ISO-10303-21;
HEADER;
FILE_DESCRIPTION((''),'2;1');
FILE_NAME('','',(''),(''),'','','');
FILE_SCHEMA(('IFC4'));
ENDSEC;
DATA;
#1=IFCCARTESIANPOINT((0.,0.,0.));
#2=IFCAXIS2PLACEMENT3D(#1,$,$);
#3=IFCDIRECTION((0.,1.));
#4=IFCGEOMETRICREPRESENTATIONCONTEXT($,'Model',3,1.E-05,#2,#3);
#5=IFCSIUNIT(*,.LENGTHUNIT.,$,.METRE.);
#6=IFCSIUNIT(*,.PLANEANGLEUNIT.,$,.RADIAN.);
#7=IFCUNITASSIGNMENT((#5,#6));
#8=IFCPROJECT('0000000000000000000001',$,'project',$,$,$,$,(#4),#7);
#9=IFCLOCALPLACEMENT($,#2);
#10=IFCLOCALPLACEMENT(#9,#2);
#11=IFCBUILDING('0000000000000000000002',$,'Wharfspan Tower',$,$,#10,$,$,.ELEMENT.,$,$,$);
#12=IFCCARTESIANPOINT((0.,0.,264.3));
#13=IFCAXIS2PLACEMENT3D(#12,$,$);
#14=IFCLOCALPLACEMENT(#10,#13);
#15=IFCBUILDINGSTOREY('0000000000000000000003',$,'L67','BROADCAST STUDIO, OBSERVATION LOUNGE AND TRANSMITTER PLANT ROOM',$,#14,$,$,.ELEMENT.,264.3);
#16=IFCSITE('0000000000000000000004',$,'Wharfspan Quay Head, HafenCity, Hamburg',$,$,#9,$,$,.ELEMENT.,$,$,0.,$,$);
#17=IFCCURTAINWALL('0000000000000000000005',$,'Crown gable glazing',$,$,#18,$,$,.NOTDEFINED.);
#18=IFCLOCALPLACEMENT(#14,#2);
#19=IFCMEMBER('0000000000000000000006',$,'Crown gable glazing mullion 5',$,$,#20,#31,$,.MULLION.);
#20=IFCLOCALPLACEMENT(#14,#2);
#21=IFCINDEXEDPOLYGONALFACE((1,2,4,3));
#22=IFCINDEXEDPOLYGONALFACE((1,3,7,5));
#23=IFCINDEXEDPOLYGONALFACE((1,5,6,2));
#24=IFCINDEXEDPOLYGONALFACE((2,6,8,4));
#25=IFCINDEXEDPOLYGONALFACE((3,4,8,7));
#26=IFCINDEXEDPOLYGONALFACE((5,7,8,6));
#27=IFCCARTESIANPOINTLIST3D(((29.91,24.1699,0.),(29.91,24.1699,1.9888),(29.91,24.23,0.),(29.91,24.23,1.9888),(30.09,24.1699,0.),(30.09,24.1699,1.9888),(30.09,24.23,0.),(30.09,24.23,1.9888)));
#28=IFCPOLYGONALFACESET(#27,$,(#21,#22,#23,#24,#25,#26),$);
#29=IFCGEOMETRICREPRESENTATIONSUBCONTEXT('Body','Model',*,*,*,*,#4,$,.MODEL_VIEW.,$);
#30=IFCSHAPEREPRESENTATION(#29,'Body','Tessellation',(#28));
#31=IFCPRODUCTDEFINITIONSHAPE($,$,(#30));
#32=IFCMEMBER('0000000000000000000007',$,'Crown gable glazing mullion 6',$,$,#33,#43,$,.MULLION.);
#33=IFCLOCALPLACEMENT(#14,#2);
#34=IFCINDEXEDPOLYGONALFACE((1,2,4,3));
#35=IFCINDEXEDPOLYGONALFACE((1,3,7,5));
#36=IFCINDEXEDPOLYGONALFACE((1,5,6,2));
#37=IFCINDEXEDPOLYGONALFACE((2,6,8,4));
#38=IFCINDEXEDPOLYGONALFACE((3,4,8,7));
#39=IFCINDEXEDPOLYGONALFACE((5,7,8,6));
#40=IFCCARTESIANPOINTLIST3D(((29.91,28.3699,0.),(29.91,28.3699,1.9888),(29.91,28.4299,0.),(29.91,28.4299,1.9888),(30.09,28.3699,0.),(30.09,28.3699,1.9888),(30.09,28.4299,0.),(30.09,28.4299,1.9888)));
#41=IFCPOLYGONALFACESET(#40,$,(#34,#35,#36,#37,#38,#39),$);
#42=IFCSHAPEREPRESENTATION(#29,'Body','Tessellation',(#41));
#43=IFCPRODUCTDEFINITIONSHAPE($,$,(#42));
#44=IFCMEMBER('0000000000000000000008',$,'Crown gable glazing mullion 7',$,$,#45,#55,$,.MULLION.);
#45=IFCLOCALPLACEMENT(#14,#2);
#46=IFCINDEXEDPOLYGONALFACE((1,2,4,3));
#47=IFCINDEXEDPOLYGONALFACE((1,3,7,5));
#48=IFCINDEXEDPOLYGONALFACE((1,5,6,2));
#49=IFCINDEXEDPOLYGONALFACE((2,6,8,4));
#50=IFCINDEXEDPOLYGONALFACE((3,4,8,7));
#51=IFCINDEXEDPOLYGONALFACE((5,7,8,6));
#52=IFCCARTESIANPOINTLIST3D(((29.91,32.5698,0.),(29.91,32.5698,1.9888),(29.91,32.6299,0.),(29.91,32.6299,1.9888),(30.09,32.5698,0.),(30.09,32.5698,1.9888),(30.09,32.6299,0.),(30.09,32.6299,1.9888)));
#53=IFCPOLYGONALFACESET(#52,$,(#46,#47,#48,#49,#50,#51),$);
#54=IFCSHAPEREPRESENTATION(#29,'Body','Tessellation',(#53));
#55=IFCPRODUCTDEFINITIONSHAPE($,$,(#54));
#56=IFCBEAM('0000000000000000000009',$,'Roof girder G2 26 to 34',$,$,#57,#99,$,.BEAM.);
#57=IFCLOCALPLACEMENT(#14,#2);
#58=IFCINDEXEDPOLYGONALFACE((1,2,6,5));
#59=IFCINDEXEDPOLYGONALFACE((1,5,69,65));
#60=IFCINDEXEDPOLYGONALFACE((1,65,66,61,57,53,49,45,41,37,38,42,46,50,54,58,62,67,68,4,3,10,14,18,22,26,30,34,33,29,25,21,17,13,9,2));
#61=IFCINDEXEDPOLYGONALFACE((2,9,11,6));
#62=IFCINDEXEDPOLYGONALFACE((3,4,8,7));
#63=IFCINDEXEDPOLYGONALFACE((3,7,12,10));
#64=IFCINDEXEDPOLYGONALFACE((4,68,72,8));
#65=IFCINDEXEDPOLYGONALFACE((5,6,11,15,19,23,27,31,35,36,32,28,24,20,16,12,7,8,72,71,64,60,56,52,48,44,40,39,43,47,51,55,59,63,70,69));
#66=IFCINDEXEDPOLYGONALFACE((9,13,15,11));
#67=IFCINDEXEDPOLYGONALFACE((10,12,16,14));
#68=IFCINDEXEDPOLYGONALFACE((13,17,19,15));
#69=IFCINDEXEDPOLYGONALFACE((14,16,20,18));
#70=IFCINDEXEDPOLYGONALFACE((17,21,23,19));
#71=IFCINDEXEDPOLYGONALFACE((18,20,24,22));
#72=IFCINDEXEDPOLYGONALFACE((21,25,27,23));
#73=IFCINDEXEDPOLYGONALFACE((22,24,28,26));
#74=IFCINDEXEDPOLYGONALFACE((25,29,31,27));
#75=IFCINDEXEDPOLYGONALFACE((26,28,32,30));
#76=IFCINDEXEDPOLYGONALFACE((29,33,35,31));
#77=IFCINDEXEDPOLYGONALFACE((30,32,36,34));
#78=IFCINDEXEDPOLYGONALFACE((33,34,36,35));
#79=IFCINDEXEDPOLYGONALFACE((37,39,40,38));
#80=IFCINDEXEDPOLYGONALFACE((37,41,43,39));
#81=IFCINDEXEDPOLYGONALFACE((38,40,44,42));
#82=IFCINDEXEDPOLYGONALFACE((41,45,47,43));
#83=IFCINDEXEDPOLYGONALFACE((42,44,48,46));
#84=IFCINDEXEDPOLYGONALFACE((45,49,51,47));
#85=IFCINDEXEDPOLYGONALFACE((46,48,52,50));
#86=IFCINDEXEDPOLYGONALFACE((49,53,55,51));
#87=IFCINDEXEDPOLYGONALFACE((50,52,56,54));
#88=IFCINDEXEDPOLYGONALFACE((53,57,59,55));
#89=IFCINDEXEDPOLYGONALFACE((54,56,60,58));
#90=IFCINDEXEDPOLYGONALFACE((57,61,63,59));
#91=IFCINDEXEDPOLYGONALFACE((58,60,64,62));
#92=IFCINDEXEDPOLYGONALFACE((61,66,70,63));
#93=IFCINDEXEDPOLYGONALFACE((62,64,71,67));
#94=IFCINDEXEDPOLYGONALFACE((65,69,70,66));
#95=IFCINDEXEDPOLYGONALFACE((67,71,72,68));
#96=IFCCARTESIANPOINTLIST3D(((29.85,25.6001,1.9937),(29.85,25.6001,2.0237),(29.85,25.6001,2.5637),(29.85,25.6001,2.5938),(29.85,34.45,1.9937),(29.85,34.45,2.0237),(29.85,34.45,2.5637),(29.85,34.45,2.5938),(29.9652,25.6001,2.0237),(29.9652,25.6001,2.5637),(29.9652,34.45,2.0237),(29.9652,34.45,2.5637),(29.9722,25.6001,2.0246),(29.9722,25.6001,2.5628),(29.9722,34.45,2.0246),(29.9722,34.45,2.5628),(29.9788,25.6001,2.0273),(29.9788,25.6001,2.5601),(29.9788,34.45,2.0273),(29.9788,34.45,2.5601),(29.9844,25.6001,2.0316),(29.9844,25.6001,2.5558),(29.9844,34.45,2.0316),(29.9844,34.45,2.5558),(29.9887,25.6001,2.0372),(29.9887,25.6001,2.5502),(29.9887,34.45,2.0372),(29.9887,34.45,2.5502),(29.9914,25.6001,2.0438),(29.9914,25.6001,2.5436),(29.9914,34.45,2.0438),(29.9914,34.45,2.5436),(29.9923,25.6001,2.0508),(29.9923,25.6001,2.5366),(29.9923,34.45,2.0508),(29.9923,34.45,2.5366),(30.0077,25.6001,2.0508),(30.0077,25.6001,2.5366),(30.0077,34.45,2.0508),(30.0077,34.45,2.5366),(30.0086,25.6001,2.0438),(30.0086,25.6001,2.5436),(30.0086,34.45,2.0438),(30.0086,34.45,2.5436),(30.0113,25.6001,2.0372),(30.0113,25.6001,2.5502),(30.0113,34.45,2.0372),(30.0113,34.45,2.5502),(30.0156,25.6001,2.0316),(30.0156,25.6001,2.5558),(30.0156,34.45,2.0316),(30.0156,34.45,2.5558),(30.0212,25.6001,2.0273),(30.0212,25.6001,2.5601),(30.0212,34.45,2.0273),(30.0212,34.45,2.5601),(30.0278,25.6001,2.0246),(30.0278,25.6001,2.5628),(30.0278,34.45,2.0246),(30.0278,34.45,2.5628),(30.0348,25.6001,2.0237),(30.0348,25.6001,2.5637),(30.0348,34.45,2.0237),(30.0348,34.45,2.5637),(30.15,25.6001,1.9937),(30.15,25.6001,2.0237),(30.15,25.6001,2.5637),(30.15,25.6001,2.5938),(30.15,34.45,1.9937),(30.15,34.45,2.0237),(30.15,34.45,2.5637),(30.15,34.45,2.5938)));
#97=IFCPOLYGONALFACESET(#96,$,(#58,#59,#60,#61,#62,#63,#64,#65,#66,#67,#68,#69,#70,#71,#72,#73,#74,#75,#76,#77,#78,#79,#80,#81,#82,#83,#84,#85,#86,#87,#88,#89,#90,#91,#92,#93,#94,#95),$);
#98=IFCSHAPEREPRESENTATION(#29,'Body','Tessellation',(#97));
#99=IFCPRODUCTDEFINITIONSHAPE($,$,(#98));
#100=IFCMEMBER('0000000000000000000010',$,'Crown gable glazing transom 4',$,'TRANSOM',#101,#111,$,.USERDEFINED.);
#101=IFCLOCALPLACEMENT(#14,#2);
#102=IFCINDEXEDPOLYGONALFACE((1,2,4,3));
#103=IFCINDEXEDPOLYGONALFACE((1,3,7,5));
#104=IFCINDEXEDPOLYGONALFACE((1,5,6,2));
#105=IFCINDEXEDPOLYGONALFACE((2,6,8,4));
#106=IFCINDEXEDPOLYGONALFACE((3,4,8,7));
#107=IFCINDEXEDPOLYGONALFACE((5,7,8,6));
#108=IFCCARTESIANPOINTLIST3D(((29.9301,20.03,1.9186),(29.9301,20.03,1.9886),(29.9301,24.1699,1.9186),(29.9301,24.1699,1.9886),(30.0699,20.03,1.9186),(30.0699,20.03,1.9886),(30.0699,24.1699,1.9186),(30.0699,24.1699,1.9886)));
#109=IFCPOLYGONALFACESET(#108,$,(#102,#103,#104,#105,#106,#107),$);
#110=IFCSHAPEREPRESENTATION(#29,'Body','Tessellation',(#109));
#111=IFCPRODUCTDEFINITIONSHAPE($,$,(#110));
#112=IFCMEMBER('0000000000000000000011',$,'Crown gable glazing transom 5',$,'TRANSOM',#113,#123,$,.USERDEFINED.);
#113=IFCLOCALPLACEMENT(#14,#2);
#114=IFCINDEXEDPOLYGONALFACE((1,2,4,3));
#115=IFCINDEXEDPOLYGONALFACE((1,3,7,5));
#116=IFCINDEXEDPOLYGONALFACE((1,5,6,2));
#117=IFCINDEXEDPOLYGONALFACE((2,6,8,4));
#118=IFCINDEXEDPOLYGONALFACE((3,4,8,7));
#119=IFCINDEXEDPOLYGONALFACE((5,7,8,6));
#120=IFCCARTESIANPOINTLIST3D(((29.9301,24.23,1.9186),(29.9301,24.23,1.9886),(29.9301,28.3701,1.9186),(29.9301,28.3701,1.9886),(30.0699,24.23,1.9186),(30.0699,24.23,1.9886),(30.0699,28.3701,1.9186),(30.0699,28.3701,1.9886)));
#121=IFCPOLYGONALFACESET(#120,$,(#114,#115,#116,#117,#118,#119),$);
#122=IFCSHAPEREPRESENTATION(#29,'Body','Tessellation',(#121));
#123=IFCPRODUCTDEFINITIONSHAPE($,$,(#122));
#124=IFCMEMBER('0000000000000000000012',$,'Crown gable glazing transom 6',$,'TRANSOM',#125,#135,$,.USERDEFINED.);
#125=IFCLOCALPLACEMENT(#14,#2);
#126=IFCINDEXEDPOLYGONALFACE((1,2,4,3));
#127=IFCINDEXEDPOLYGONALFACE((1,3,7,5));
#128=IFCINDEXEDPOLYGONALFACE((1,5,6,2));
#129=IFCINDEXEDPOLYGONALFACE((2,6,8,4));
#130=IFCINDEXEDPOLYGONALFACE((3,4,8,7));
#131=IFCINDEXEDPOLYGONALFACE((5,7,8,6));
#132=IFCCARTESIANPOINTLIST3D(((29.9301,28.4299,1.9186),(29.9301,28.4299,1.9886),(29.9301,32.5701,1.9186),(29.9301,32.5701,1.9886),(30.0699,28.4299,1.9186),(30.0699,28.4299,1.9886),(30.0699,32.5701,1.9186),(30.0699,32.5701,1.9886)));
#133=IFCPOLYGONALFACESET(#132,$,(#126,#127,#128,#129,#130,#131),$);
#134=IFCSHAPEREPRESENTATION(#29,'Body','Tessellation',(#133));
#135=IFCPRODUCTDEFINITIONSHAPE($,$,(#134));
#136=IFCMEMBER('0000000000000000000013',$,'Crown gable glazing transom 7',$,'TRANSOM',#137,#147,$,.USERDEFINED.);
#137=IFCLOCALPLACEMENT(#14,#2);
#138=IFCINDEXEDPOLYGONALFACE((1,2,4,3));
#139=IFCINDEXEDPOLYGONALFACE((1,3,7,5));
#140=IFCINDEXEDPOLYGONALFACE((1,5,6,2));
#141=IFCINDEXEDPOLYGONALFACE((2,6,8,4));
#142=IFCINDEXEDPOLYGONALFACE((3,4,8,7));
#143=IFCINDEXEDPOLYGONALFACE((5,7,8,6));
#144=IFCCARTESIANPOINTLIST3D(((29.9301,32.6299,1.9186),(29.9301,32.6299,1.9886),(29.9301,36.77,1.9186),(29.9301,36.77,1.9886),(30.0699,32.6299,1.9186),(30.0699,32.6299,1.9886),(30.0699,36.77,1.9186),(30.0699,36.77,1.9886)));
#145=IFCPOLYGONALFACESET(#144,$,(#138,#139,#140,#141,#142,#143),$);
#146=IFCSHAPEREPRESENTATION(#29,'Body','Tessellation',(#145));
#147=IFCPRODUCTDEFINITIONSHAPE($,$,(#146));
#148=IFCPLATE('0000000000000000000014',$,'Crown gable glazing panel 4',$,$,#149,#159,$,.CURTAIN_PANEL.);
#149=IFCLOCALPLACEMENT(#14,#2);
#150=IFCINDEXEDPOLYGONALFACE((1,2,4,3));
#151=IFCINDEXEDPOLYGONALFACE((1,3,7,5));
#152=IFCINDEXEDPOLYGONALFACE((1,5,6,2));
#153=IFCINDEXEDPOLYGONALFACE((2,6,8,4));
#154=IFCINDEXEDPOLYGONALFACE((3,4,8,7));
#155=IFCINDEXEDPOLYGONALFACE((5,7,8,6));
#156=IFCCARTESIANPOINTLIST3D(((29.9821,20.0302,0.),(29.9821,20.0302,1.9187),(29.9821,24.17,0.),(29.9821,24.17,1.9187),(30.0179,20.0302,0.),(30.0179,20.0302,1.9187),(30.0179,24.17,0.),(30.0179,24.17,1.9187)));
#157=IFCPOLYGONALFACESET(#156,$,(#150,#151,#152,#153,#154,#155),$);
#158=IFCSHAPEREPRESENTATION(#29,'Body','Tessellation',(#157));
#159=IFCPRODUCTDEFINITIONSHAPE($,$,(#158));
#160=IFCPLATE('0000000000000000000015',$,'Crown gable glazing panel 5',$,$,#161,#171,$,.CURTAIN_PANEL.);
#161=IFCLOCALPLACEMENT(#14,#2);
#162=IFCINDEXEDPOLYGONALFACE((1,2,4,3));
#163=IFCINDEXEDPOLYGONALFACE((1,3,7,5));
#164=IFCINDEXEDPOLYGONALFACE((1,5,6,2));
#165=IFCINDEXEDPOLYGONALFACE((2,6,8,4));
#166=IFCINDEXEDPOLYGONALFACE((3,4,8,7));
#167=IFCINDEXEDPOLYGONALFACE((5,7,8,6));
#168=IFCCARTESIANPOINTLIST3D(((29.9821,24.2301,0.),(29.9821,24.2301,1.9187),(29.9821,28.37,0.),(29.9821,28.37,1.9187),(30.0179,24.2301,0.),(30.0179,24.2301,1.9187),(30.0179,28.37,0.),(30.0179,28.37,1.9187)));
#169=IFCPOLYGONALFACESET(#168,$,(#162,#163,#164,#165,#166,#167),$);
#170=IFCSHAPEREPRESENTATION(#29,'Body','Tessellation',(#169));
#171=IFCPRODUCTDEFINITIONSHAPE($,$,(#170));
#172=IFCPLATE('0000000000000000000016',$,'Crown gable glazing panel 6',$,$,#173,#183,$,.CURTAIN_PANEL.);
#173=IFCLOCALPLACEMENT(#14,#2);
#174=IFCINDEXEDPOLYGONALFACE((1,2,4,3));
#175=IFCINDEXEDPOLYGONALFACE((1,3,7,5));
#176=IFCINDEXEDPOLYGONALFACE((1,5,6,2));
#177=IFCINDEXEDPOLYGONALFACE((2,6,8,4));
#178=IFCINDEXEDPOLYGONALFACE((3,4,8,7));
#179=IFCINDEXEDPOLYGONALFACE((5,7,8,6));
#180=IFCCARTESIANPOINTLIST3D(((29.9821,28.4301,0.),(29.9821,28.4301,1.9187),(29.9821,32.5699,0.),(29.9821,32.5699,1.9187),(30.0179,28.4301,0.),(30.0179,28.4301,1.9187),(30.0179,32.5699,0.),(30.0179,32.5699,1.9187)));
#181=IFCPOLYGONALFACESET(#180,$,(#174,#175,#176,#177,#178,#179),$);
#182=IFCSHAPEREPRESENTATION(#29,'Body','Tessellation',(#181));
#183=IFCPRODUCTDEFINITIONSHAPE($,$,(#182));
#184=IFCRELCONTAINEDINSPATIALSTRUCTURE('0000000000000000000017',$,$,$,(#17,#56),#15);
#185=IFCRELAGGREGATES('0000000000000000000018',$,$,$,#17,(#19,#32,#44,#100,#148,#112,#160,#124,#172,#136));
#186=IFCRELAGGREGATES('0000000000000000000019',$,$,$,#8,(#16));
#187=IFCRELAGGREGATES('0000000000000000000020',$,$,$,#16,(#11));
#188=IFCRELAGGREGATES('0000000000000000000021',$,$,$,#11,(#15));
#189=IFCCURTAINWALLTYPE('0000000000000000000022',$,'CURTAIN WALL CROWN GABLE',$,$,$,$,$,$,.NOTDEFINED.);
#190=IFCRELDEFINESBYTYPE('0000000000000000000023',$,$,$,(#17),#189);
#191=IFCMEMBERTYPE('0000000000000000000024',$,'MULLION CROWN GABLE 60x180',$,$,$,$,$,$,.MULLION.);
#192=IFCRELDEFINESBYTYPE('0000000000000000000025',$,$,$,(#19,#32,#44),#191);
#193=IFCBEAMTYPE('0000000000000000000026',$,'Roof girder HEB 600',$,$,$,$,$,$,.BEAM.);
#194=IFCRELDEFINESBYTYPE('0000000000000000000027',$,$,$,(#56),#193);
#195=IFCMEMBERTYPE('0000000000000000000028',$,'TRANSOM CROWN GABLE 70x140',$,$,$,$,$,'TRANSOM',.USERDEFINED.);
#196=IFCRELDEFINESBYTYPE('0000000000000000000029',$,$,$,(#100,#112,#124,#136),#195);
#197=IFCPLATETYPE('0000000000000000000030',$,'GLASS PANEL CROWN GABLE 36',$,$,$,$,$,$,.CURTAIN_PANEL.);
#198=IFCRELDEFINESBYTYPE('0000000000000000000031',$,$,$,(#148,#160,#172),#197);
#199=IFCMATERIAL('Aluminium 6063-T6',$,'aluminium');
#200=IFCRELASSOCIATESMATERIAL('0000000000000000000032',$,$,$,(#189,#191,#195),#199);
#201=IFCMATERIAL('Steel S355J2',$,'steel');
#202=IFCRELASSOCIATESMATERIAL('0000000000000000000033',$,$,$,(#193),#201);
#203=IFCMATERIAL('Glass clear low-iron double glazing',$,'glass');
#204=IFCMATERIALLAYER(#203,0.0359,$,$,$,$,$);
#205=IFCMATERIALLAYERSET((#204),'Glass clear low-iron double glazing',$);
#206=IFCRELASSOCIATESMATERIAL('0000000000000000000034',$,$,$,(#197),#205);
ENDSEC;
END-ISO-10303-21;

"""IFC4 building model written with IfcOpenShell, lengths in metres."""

from ifc_helpers import new_model, si_unit, direction, frame, origin, origin_2d, place, context, subcontext, project, spatial, rectangle, i_section, extrude, material, layer, layer_set, material_profile, profile_set, type_object, element, aggregate, save


model = new_model("IFC4")

# Units and contexts
model_context = context("Model", 3, precision=1e-05, world=origin(), true_north=direction((0.0, 1.0)))
body_context = subcontext(model_context, "Body", "Model", "MODEL_VIEW")
ifc_project = project(units=[si_unit("LENGTHUNIT", "METRE"), si_unit("PLANEANGLEUNIT", "RADIAN")], contexts=[model_context])

# Site, building, storey
site_placement = place(None, origin())
site = spatial("IfcSite", under=ifc_project, at=site_placement, Name="Wharfspan Quay Head, HafenCity, Hamburg", CompositionType="ELEMENT", RefElevation=0.0)
building_placement = place(site_placement, origin())
building = spatial("IfcBuilding", under=site, at=building_placement, Name="Wharfspan Tower", CompositionType="ELEMENT")
storey_placement = place(building_placement, frame((0.0, 0.0, 264.3)))
storey = spatial("IfcBuildingStorey", under=building, at=storey_placement, Name="L67", Description="BROADCAST STUDIO, OBSERVATION LOUNGE AND TRANSMITTER PLANT ROOM", CompositionType="ELEMENT", Elevation=264.3)

# Curtain wall, members
ifc_material_1 = material(Name="Aluminium 6063-T6", Category="aluminium")
curtain_wall_type = type_object("IfcCurtainWallType", Name="CURTAIN WALL CROWN GABLE", PredefinedType="NOTDEFINED", material=ifc_material_1)
curtain_wall_placement = place(storey_placement, origin())
curtain_wall = element("IfcCurtainWall", 1, at=curtain_wall_placement, inside=storey, type_object=curtain_wall_type, Name="Crown gable glazing", PredefinedType="NOTDEFINED")
ifc_material_profile_1 = material_profile(ifc_material_1, rectangle(XDim=0.1799, YDim=0.0601, at=origin_2d()))
ifc_profile_set_1 = profile_set([ifc_material_profile_1], Name="Aluminium 6063-T6")
member_type_1 = type_object("IfcMemberType", Name="MULLION CROWN GABLE 60x180", PredefinedType="MULLION", material=ifc_profile_set_1)
member_1_placement = place(storey_placement, frame((30.0, 24.2, 0.0), z_axis=(0.0, 0.0, 1.0), x_axis=(-1.0, 0.0, 0.0)))
member_1 = element("IfcMember", 2, at=member_1_placement, type_object=member_type_1, Name="Crown gable glazing mullion 5", PredefinedType="MULLION", context=body_context, shape_type="SweptSolid", body=[
    extrude(rectangle(XDim=0.1799, YDim=0.0601, at=origin_2d()), origin(), (0.0, 0.0, 1.0), 1.9888),
])
member_2_placement = place(storey_placement, frame((30.0, 28.3999, 0.0), z_axis=(0.0, 0.0, 1.0), x_axis=(-1.0, 0.0, 0.0)))
member_2 = element("IfcMember", 3, at=member_2_placement, type_object=member_type_1, Name="Crown gable glazing mullion 6", PredefinedType="MULLION", context=body_context, shape_type="SweptSolid", body=[
    extrude(rectangle(XDim=0.1799, YDim=0.0601, at=origin_2d()), origin(), (0.0, 0.0, 1.0), 1.9888),
])
member_3_placement = place(storey_placement, frame((30.0, 32.5999, 0.0), z_axis=(0.0, 0.0, 1.0), x_axis=(-1.0, 0.0, 0.0)))
member_3 = element("IfcMember", 4, at=member_3_placement, type_object=member_type_1, Name="Crown gable glazing mullion 7", PredefinedType="MULLION", context=body_context, shape_type="SweptSolid", body=[
    extrude(rectangle(XDim=0.1799, YDim=0.0601, at=origin_2d()), origin(), (0.0, 0.0, 1.0), 1.9888),
])

# Beam
ifc_material_2 = material(Name="Steel S355J2", Category="steel")
ifc_material_profile_2 = material_profile(ifc_material_2, i_section(OverallWidth=0.3, OverallDepth=0.6001, WebThickness=0.0154, FlangeThickness=0.03, FilletRadius=0.0271, at=origin_2d()))
ifc_profile_set_2 = profile_set([ifc_material_profile_2], Name="Steel S355J2")
beam_type = type_object("IfcBeamType", Name="Roof girder HEB 600", PredefinedType="BEAM", material=ifc_profile_set_2)
beam_placement = place(storey_placement, frame((30.0, 25.6001, 2.2937), z_axis=(0.0, 1.0, 0.0), x_axis=(-1.0, 0.0, 0.0)))
element("IfcBeam", 5, at=beam_placement, inside=storey, type_object=beam_type, Name="Roof girder G2 26 to 34", PredefinedType="BEAM", context=body_context, shape_type="SweptSolid", body=[
    extrude(i_section(OverallWidth=0.3, OverallDepth=0.6001, WebThickness=0.0154, FlangeThickness=0.03, FilletRadius=0.0271, at=origin_2d()), origin(), (0.0, 0.0, 1.0), 8.8499),
])

# Members
ifc_material_profile_3 = material_profile(ifc_material_1, rectangle(XDim=0.1399, YDim=0.0701, at=origin_2d()))
ifc_profile_set_3 = profile_set([ifc_material_profile_3], Name="Aluminium 6063-T6")
member_type_2 = type_object("IfcMemberType", Name="TRANSOM CROWN GABLE 70x140", ElementType="TRANSOM", PredefinedType="USERDEFINED", material=ifc_profile_set_3)
member_4_placement = place(storey_placement, frame((30.0, 20.03, 1.9536), z_axis=(0.0, 1.0, 0.0), x_axis=(-1.0, 0.0, 0.0)))
member_4 = element("IfcMember", 6, at=member_4_placement, type_object=member_type_2, Name="Crown gable glazing transom 4", ObjectType="TRANSOM", PredefinedType="USERDEFINED", context=body_context, shape_type="SweptSolid", body=[
    extrude(rectangle(XDim=0.1399, YDim=0.0701, at=origin_2d()), origin(), (0.0, 0.0, 1.0), 4.1399),
])
member_5_placement = place(storey_placement, frame((30.0, 24.23, 1.9536), z_axis=(0.0, 1.0, 0.0), x_axis=(-1.0, 0.0, 0.0)))
member_5 = element("IfcMember", 7, at=member_5_placement, type_object=member_type_2, Name="Crown gable glazing transom 5", ObjectType="TRANSOM", PredefinedType="USERDEFINED", context=body_context, shape_type="SweptSolid", body=[
    extrude(rectangle(XDim=0.1399, YDim=0.0701, at=origin_2d()), origin(), (0.0, 0.0, 1.0), 4.1401),
])
member_6_placement = place(storey_placement, frame((30.0, 28.4299, 1.9536), z_axis=(0.0, 1.0, 0.0), x_axis=(-1.0, 0.0, 0.0)))
member_6 = element("IfcMember", 8, at=member_6_placement, type_object=member_type_2, Name="Crown gable glazing transom 6", ObjectType="TRANSOM", PredefinedType="USERDEFINED", context=body_context, shape_type="SweptSolid", body=[
    extrude(rectangle(XDim=0.1399, YDim=0.0701, at=origin_2d()), origin(), (0.0, 0.0, 1.0), 4.1401),
])
member_7_placement = place(storey_placement, frame((30.0, 32.6299, 1.9536), z_axis=(0.0, 1.0, 0.0), x_axis=(-1.0, 0.0, 0.0)))
member_7 = element("IfcMember", 9, at=member_7_placement, type_object=member_type_2, Name="Crown gable glazing transom 7", ObjectType="TRANSOM", PredefinedType="USERDEFINED", context=body_context, shape_type="SweptSolid", body=[
    extrude(rectangle(XDim=0.1399, YDim=0.0701, at=origin_2d()), origin(), (0.0, 0.0, 1.0), 4.1401),
])

# Plates
ifc_material_3 = material(Name="Glass clear low-iron double glazing", Category="glass")
ifc_layer_1 = layer(ifc_material_3, 0.0359)
ifc_layer_set_1 = layer_set([ifc_layer_1], Name="Glass clear low-iron double glazing")
plate_type = type_object("IfcPlateType", Name="GLASS PANEL CROWN GABLE 36", PredefinedType="CURTAIN_PANEL", material=ifc_layer_set_1)
plate_1_placement = place(storey_placement, frame((30.0, 22.1001, 0.0), z_axis=(0.0, 0.0, 1.0), x_axis=(0.0, 1.0, 0.0)))
plate_1 = element("IfcPlate", 10, at=plate_1_placement, type_object=plate_type, Name="Crown gable glazing panel 4", PredefinedType="CURTAIN_PANEL", context=body_context, shape_type="SweptSolid", body=[
    extrude(rectangle(XDim=4.1399, YDim=0.0359, at=origin_2d()), origin(), (0.0, 0.0, 1.0), 1.9187),
])
plate_2_placement = place(storey_placement, frame((30.0, 26.3, 0.0), z_axis=(0.0, 0.0, 1.0), x_axis=(0.0, 1.0, 0.0)))
plate_2 = element("IfcPlate", 11, at=plate_2_placement, type_object=plate_type, Name="Crown gable glazing panel 5", PredefinedType="CURTAIN_PANEL", context=body_context, shape_type="SweptSolid", body=[
    extrude(rectangle(XDim=4.1399, YDim=0.0359, at=origin_2d()), origin(), (0.0, 0.0, 1.0), 1.9187),
])
plate_3_placement = place(storey_placement, frame((30.0, 30.5, 0.0), z_axis=(0.0, 0.0, 1.0), x_axis=(0.0, 1.0, 0.0)))
plate_3 = element("IfcPlate", 12, at=plate_3_placement, type_object=plate_type, Name="Crown gable glazing panel 6", PredefinedType="CURTAIN_PANEL", context=body_context, shape_type="SweptSolid", body=[
    extrude(rectangle(XDim=4.1399, YDim=0.0359, at=origin_2d()), origin(), (0.0, 0.0, 1.0), 1.9187),
])
aggregate(curtain_wall, [member_1, member_2, member_3, member_4, plate_1, member_5, plate_2, member_6, plate_3, member_7])

save(model, "model.ifc")
